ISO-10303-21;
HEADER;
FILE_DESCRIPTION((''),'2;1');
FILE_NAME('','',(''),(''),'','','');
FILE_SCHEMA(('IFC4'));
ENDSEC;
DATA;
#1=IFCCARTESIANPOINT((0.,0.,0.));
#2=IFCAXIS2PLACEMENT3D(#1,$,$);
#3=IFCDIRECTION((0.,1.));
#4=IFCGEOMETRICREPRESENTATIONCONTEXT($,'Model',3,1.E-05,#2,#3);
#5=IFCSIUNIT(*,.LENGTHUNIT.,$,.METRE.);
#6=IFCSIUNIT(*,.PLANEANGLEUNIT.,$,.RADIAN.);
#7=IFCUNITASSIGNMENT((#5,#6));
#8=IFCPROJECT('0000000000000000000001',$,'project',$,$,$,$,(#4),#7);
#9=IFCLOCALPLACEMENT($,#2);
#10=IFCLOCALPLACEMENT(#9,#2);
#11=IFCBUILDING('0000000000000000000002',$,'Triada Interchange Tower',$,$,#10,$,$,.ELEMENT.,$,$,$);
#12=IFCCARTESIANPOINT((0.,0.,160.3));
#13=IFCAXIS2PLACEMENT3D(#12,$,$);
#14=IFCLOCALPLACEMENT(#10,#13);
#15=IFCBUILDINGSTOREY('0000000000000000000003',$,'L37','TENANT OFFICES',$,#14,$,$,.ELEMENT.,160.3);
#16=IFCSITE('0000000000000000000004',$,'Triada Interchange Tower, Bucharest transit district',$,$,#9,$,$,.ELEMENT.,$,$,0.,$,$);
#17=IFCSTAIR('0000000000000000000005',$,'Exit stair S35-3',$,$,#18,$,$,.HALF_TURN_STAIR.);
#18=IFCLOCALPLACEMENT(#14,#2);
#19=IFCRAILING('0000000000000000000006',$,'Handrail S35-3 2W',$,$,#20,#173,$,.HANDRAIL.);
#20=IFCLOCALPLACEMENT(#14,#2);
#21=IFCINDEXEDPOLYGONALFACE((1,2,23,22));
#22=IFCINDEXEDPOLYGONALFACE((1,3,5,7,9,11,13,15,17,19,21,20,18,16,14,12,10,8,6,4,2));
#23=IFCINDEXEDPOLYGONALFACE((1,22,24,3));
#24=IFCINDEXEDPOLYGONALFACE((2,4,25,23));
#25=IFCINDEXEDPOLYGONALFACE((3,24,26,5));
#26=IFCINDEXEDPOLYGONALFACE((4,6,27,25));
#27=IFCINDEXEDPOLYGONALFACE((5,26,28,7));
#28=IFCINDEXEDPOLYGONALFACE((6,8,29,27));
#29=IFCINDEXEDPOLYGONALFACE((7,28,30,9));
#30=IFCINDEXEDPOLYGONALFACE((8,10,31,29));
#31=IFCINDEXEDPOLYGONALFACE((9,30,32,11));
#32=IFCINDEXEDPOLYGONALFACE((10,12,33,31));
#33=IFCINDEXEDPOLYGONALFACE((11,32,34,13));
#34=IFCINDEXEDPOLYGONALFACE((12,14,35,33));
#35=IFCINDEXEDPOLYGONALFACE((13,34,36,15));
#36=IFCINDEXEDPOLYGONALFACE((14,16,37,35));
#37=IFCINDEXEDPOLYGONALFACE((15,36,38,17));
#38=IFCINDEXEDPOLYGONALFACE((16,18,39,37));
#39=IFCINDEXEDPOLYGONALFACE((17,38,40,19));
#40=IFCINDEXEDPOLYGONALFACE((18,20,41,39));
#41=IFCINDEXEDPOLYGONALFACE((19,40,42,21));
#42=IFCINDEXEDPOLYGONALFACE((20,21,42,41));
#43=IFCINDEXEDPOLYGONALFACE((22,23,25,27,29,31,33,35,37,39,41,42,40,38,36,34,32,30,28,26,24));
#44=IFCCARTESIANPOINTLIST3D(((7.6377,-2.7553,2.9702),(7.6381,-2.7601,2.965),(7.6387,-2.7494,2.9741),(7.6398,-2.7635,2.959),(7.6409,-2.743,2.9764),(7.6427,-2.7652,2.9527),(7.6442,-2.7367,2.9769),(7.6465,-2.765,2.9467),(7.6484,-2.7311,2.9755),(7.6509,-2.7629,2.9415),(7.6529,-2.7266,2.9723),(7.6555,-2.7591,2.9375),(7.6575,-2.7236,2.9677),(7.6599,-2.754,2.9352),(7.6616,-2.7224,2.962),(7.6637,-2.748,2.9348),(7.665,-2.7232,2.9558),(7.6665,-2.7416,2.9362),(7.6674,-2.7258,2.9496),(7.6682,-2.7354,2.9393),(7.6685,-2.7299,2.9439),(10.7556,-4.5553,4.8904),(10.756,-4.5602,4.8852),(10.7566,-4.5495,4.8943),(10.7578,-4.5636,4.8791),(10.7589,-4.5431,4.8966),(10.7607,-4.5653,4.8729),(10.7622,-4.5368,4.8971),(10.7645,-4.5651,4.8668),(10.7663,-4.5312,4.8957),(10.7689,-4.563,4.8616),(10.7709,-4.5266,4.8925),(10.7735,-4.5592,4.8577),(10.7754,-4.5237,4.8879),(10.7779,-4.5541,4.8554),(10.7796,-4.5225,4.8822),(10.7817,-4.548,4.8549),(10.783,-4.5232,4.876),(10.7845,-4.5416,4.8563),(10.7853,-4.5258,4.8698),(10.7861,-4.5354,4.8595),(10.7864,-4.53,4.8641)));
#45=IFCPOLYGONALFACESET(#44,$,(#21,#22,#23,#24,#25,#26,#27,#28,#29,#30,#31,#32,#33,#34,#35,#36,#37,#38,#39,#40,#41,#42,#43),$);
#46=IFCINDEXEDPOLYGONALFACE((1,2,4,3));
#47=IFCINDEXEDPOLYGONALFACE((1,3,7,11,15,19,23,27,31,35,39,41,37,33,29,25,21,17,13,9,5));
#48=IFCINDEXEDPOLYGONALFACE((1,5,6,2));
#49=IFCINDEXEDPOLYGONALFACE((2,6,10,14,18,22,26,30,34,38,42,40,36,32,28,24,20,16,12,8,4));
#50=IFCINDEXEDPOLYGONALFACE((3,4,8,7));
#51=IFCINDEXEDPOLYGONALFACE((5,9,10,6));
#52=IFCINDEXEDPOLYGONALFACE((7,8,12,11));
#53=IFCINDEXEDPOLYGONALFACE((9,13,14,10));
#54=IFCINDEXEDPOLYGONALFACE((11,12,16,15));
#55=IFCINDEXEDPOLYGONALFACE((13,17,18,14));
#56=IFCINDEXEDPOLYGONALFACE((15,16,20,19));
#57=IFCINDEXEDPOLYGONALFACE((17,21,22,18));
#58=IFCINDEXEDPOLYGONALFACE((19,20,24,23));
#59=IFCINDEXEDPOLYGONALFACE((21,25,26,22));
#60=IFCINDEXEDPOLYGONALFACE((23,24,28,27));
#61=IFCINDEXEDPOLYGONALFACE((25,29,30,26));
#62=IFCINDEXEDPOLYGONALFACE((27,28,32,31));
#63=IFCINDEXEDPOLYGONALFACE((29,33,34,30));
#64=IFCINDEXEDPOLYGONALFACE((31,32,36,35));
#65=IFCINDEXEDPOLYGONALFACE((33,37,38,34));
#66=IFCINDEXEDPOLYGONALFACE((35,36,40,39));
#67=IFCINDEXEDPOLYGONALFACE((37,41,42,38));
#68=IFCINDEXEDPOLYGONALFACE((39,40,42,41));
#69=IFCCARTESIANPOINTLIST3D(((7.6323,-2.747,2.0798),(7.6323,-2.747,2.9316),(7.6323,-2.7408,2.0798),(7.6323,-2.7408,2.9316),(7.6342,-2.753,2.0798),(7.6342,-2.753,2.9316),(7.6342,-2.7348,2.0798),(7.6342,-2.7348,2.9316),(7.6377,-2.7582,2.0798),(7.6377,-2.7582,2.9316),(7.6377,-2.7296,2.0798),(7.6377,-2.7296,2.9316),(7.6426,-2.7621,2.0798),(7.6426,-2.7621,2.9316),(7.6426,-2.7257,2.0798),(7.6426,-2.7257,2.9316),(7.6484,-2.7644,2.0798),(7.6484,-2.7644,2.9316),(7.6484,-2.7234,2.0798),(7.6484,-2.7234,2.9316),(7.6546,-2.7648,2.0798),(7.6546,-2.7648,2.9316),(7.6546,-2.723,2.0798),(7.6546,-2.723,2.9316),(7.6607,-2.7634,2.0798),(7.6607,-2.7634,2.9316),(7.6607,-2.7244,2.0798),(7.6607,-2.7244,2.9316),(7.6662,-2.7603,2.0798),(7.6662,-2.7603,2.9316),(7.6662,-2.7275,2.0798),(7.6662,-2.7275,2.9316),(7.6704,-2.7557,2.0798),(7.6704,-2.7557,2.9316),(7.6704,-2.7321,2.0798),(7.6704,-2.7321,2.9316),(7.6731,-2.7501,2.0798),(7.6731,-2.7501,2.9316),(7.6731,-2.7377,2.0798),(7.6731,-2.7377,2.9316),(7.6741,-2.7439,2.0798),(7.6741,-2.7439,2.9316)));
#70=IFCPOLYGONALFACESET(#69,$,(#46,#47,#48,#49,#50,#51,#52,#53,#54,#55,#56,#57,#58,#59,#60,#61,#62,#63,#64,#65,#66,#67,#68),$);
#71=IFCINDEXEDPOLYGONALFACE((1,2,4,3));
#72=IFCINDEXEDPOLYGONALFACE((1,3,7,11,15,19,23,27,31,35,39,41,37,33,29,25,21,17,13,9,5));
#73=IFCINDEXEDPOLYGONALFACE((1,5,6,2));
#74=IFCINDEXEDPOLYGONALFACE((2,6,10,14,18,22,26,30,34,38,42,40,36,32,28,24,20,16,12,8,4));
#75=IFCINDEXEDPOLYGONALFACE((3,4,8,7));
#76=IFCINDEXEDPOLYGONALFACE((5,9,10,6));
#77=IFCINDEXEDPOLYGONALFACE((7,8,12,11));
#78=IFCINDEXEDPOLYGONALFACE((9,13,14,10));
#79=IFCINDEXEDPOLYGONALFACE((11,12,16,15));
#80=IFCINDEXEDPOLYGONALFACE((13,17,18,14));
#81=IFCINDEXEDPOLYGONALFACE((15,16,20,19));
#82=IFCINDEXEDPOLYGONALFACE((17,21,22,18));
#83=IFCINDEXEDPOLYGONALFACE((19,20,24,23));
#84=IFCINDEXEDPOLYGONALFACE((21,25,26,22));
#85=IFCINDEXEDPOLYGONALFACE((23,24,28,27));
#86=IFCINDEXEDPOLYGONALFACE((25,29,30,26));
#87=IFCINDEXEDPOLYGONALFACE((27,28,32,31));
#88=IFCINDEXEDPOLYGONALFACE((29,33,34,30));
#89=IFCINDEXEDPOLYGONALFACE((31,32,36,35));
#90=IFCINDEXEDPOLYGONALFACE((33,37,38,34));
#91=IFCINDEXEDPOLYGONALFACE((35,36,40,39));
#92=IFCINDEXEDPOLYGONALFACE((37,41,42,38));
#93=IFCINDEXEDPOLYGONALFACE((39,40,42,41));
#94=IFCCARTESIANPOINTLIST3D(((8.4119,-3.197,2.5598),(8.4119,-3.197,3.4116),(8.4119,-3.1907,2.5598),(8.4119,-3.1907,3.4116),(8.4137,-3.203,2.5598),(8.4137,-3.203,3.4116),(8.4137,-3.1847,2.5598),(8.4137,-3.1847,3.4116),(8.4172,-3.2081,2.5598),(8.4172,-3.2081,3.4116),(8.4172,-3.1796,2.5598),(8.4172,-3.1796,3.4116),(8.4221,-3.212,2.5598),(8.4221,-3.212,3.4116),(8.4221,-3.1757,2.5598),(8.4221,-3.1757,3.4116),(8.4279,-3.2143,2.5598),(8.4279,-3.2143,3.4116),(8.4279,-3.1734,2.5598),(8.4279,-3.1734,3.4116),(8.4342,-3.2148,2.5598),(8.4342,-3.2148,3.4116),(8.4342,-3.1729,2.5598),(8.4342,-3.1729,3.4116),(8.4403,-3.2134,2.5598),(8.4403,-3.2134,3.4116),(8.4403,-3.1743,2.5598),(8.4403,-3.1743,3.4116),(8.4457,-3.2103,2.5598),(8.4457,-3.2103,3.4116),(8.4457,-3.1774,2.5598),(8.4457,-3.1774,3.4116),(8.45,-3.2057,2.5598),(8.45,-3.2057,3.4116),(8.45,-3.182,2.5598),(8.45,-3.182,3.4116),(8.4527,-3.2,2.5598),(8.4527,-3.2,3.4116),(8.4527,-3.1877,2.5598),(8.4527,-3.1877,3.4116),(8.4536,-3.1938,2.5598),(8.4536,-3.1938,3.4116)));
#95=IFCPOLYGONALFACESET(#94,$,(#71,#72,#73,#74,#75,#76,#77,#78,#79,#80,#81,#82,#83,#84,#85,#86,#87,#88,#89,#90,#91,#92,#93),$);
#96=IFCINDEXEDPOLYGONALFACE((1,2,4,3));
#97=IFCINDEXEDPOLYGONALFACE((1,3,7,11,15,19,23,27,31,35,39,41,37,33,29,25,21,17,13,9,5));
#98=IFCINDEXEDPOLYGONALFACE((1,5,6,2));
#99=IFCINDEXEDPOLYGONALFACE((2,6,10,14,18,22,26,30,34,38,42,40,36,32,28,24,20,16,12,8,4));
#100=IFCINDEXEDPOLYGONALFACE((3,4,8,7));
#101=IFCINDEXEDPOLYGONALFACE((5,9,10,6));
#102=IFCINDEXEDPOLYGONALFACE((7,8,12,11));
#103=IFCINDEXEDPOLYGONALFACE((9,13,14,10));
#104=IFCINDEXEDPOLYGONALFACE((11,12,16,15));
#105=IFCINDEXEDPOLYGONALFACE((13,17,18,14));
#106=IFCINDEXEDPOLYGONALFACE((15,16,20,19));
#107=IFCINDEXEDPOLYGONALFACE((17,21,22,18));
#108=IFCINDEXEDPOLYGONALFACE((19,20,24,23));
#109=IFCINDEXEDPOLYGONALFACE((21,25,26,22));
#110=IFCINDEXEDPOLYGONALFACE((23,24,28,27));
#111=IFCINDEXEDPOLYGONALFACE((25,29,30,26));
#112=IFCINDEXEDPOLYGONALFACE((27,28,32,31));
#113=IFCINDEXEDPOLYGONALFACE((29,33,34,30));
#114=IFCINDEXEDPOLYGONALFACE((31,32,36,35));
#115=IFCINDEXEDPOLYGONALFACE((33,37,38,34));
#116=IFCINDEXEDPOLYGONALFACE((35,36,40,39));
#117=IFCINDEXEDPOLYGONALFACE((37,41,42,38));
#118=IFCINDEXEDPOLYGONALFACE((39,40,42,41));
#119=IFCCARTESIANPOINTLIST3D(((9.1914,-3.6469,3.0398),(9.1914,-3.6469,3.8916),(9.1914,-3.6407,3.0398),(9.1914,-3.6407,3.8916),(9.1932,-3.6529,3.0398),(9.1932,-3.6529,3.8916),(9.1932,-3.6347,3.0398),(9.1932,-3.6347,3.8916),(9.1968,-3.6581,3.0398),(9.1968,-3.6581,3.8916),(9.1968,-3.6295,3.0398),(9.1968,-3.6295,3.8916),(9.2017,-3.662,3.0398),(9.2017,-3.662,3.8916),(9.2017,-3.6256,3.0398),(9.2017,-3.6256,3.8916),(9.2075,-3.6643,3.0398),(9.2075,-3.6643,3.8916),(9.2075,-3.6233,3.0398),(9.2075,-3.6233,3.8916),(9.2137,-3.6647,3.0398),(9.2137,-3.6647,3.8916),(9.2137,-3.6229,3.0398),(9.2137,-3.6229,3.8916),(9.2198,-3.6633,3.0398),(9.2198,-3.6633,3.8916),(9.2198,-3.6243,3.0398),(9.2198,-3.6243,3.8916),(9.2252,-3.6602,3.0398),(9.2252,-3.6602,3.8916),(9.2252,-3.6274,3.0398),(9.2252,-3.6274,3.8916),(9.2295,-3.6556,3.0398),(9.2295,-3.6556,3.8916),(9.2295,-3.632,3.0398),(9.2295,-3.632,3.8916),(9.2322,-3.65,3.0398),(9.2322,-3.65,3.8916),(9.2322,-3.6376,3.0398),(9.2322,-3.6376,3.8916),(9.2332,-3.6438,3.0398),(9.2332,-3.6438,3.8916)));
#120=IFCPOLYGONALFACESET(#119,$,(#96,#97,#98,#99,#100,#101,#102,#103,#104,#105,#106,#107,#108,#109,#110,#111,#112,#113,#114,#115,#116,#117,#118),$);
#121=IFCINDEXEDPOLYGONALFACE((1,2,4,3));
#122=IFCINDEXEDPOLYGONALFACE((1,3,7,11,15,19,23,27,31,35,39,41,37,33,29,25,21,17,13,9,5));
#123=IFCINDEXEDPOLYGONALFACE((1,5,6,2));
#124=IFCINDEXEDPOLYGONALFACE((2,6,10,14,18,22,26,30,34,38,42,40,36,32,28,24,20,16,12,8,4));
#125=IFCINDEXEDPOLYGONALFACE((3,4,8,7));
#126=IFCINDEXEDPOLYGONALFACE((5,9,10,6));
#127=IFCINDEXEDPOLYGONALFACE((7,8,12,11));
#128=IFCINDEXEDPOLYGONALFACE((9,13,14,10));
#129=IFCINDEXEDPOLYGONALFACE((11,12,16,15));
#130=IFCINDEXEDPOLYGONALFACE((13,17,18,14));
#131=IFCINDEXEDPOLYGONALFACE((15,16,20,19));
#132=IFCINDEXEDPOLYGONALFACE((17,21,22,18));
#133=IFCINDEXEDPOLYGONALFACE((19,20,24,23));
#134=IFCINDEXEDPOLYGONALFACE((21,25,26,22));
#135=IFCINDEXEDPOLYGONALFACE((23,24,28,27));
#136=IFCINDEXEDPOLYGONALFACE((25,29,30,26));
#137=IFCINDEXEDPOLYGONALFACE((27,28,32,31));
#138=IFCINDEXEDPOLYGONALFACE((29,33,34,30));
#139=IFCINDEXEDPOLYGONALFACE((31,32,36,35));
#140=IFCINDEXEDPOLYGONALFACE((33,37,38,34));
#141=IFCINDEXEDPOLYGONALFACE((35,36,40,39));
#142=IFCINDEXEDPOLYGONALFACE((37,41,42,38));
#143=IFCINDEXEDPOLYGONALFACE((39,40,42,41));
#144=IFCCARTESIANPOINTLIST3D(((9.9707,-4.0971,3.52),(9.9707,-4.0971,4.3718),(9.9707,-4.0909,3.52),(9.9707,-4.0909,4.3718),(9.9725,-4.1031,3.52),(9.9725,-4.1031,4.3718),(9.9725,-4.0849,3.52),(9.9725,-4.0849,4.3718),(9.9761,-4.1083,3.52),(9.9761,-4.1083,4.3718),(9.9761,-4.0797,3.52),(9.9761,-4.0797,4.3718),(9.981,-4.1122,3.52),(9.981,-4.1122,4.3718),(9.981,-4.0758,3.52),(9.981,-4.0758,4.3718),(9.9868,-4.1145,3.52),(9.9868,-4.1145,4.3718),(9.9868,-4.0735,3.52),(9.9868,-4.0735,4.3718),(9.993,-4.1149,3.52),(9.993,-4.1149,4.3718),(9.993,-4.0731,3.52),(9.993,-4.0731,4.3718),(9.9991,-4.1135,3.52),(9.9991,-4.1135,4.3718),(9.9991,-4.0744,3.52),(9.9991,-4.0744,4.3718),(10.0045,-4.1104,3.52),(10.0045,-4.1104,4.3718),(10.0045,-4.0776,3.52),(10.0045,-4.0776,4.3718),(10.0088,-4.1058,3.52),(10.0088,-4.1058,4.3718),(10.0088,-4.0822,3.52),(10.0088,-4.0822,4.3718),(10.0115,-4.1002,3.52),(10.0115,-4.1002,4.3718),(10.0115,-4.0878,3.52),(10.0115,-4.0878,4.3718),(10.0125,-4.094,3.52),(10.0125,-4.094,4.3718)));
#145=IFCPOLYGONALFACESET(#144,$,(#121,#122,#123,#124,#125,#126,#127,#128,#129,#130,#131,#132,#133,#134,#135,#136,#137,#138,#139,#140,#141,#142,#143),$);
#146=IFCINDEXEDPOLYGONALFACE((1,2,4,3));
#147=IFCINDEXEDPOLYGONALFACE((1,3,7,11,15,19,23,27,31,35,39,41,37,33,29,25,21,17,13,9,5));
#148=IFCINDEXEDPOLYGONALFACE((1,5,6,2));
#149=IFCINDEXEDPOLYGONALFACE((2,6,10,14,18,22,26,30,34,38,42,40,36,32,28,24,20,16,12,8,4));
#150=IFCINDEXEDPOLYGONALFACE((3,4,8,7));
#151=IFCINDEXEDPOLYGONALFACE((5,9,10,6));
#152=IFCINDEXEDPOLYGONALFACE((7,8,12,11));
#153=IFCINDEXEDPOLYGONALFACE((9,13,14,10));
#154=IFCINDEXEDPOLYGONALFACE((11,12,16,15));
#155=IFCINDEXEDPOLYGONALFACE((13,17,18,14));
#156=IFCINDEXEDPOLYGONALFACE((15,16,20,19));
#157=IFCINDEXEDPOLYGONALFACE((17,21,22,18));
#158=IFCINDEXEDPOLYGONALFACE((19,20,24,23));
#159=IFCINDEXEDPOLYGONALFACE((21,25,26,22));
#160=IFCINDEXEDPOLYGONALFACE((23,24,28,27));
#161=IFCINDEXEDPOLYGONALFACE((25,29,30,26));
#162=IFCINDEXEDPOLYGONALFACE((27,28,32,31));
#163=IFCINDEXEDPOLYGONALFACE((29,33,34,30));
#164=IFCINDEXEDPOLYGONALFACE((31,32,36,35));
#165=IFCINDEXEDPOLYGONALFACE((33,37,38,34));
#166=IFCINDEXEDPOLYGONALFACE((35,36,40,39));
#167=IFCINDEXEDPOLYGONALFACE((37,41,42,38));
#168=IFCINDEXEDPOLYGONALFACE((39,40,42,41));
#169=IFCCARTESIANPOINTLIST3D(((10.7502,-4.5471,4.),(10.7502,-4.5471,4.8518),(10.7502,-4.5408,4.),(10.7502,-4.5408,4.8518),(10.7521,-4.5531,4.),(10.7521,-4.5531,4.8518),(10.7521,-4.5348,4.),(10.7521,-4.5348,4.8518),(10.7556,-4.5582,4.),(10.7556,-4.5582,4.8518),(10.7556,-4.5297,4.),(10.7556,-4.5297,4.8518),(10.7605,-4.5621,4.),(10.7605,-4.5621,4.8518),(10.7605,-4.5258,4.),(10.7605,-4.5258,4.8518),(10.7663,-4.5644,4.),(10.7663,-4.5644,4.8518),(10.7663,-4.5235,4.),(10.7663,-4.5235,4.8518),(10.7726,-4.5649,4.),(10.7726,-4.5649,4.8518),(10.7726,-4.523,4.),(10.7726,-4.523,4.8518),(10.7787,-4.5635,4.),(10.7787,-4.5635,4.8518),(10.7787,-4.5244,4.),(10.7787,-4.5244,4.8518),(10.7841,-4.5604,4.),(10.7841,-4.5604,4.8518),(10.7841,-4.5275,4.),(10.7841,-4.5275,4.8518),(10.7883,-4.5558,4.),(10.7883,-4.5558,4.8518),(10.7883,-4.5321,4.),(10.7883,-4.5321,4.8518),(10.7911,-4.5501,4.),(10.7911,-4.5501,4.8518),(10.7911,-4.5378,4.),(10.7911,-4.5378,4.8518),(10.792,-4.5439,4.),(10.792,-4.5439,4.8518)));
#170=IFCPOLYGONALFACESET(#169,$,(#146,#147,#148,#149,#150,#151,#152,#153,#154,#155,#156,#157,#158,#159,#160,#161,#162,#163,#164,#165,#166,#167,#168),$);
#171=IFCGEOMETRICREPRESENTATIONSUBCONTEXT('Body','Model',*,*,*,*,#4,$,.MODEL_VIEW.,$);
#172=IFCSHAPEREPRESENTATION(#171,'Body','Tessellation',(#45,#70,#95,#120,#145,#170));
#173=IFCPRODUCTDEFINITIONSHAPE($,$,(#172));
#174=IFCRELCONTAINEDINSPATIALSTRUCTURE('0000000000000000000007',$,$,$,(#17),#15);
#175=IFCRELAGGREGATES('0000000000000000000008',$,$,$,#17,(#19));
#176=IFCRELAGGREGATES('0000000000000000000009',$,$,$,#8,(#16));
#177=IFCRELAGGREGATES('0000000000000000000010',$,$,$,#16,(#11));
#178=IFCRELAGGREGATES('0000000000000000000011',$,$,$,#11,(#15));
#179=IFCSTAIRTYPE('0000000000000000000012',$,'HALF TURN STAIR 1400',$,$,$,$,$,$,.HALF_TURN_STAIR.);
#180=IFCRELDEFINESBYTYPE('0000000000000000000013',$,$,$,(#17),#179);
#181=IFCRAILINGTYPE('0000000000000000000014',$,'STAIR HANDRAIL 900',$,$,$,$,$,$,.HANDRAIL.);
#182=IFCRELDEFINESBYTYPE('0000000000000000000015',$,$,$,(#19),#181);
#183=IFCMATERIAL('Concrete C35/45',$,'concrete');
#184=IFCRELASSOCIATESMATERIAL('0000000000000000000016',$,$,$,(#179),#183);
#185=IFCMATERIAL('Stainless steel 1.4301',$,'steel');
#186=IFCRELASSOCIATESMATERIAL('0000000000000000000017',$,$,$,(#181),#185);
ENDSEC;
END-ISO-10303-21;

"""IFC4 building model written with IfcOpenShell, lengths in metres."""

from ifc_helpers import new_model, si_unit, direction, frame, origin, origin_2d, place, context, subcontext, project, spatial, circle, extrude, material, type_object, element, aggregate, save


model = new_model("IFC4")

# Units and contexts
model_context = context("Model", 3, precision=1e-05, world=origin(), true_north=direction((0.0, 1.0)))
body_context = subcontext(model_context, "Body", "Model", "MODEL_VIEW")
ifc_project = project(units=[si_unit("LENGTHUNIT", "METRE"), si_unit("PLANEANGLEUNIT", "RADIAN")], contexts=[model_context])

# Site, building, storey
site_placement = place(None, origin())
site = spatial("IfcSite", under=ifc_project, at=site_placement, Name="Triada Interchange Tower, Bucharest transit district", CompositionType="ELEMENT", RefElevation=0.0)
building_placement = place(site_placement, origin())
building = spatial("IfcBuilding", under=site, at=building_placement, Name="Triada Interchange Tower", CompositionType="ELEMENT")
storey_placement = place(building_placement, frame((0.0, 0.0, 160.3)))
storey = spatial("IfcBuildingStorey", under=building, at=storey_placement, Name="L37", Description="TENANT OFFICES", CompositionType="ELEMENT", Elevation=160.3)

# Stair
ifc_material_1 = material(Name="Concrete C35/45", Category="concrete")
stair_type = type_object("IfcStairType", Name="HALF TURN STAIR 1400", PredefinedType="HALF_TURN_STAIR", material=ifc_material_1)
stair_1_placement = place(storey_placement, origin())
stair_1 = element("IfcStair", 1, at=stair_1_placement, inside=storey, type_object=stair_type, Name="Exit stair S35-3", PredefinedType="HALF_TURN_STAIR")

# Railing
ifc_material_2 = material(Name="Stainless steel 1.4301", Category="steel")
railing_type = type_object("IfcRailingType", Name="STAIR HANDRAIL 900", PredefinedType="HANDRAIL", material=ifc_material_2)
railing_placement = place(storey_placement, frame((7.6531, -2.7439, 2.0798)))
railing = element("IfcRailing", 2, at=railing_placement, type_object=railing_type, Name="Handrail S35-3 2W", PredefinedType="HANDRAIL", context=body_context, shape_type="SweptSolid", body=[
    extrude(circle(Radius=0.0239, at=origin_2d()), frame((0.0, 0.0, 0.876), z_axis=(0.764145, -0.441159, 0.470597), x_axis=(0.499983, 0.866035, 0.0)), (0.0, 0.0, 1.0), 4.0803),
    extrude(circle(Radius=0.021, at=origin_2d()), origin(), (0.0, 0.0, 1.0), 0.8518),
    extrude(circle(Radius=0.021, at=origin_2d()), frame((0.7795, -0.45, 0.48)), (0.0, 0.0, 1.0), 0.8518),
    extrude(circle(Radius=0.021, at=origin_2d()), frame((1.5591, -0.8999, 0.96)), (0.0, 0.0, 1.0), 0.8518),
    extrude(circle(Radius=0.021, at=origin_2d()), frame((2.3384, -1.3501, 1.4402)), (0.0, 0.0, 1.0), 0.8518),
    extrude(circle(Radius=0.021, at=origin_2d()), frame((3.1179, -1.8, 1.9202)), (0.0, 0.0, 1.0), 0.8518),
])
aggregate(stair_1, [railing])

save(model, "model.ifc")
